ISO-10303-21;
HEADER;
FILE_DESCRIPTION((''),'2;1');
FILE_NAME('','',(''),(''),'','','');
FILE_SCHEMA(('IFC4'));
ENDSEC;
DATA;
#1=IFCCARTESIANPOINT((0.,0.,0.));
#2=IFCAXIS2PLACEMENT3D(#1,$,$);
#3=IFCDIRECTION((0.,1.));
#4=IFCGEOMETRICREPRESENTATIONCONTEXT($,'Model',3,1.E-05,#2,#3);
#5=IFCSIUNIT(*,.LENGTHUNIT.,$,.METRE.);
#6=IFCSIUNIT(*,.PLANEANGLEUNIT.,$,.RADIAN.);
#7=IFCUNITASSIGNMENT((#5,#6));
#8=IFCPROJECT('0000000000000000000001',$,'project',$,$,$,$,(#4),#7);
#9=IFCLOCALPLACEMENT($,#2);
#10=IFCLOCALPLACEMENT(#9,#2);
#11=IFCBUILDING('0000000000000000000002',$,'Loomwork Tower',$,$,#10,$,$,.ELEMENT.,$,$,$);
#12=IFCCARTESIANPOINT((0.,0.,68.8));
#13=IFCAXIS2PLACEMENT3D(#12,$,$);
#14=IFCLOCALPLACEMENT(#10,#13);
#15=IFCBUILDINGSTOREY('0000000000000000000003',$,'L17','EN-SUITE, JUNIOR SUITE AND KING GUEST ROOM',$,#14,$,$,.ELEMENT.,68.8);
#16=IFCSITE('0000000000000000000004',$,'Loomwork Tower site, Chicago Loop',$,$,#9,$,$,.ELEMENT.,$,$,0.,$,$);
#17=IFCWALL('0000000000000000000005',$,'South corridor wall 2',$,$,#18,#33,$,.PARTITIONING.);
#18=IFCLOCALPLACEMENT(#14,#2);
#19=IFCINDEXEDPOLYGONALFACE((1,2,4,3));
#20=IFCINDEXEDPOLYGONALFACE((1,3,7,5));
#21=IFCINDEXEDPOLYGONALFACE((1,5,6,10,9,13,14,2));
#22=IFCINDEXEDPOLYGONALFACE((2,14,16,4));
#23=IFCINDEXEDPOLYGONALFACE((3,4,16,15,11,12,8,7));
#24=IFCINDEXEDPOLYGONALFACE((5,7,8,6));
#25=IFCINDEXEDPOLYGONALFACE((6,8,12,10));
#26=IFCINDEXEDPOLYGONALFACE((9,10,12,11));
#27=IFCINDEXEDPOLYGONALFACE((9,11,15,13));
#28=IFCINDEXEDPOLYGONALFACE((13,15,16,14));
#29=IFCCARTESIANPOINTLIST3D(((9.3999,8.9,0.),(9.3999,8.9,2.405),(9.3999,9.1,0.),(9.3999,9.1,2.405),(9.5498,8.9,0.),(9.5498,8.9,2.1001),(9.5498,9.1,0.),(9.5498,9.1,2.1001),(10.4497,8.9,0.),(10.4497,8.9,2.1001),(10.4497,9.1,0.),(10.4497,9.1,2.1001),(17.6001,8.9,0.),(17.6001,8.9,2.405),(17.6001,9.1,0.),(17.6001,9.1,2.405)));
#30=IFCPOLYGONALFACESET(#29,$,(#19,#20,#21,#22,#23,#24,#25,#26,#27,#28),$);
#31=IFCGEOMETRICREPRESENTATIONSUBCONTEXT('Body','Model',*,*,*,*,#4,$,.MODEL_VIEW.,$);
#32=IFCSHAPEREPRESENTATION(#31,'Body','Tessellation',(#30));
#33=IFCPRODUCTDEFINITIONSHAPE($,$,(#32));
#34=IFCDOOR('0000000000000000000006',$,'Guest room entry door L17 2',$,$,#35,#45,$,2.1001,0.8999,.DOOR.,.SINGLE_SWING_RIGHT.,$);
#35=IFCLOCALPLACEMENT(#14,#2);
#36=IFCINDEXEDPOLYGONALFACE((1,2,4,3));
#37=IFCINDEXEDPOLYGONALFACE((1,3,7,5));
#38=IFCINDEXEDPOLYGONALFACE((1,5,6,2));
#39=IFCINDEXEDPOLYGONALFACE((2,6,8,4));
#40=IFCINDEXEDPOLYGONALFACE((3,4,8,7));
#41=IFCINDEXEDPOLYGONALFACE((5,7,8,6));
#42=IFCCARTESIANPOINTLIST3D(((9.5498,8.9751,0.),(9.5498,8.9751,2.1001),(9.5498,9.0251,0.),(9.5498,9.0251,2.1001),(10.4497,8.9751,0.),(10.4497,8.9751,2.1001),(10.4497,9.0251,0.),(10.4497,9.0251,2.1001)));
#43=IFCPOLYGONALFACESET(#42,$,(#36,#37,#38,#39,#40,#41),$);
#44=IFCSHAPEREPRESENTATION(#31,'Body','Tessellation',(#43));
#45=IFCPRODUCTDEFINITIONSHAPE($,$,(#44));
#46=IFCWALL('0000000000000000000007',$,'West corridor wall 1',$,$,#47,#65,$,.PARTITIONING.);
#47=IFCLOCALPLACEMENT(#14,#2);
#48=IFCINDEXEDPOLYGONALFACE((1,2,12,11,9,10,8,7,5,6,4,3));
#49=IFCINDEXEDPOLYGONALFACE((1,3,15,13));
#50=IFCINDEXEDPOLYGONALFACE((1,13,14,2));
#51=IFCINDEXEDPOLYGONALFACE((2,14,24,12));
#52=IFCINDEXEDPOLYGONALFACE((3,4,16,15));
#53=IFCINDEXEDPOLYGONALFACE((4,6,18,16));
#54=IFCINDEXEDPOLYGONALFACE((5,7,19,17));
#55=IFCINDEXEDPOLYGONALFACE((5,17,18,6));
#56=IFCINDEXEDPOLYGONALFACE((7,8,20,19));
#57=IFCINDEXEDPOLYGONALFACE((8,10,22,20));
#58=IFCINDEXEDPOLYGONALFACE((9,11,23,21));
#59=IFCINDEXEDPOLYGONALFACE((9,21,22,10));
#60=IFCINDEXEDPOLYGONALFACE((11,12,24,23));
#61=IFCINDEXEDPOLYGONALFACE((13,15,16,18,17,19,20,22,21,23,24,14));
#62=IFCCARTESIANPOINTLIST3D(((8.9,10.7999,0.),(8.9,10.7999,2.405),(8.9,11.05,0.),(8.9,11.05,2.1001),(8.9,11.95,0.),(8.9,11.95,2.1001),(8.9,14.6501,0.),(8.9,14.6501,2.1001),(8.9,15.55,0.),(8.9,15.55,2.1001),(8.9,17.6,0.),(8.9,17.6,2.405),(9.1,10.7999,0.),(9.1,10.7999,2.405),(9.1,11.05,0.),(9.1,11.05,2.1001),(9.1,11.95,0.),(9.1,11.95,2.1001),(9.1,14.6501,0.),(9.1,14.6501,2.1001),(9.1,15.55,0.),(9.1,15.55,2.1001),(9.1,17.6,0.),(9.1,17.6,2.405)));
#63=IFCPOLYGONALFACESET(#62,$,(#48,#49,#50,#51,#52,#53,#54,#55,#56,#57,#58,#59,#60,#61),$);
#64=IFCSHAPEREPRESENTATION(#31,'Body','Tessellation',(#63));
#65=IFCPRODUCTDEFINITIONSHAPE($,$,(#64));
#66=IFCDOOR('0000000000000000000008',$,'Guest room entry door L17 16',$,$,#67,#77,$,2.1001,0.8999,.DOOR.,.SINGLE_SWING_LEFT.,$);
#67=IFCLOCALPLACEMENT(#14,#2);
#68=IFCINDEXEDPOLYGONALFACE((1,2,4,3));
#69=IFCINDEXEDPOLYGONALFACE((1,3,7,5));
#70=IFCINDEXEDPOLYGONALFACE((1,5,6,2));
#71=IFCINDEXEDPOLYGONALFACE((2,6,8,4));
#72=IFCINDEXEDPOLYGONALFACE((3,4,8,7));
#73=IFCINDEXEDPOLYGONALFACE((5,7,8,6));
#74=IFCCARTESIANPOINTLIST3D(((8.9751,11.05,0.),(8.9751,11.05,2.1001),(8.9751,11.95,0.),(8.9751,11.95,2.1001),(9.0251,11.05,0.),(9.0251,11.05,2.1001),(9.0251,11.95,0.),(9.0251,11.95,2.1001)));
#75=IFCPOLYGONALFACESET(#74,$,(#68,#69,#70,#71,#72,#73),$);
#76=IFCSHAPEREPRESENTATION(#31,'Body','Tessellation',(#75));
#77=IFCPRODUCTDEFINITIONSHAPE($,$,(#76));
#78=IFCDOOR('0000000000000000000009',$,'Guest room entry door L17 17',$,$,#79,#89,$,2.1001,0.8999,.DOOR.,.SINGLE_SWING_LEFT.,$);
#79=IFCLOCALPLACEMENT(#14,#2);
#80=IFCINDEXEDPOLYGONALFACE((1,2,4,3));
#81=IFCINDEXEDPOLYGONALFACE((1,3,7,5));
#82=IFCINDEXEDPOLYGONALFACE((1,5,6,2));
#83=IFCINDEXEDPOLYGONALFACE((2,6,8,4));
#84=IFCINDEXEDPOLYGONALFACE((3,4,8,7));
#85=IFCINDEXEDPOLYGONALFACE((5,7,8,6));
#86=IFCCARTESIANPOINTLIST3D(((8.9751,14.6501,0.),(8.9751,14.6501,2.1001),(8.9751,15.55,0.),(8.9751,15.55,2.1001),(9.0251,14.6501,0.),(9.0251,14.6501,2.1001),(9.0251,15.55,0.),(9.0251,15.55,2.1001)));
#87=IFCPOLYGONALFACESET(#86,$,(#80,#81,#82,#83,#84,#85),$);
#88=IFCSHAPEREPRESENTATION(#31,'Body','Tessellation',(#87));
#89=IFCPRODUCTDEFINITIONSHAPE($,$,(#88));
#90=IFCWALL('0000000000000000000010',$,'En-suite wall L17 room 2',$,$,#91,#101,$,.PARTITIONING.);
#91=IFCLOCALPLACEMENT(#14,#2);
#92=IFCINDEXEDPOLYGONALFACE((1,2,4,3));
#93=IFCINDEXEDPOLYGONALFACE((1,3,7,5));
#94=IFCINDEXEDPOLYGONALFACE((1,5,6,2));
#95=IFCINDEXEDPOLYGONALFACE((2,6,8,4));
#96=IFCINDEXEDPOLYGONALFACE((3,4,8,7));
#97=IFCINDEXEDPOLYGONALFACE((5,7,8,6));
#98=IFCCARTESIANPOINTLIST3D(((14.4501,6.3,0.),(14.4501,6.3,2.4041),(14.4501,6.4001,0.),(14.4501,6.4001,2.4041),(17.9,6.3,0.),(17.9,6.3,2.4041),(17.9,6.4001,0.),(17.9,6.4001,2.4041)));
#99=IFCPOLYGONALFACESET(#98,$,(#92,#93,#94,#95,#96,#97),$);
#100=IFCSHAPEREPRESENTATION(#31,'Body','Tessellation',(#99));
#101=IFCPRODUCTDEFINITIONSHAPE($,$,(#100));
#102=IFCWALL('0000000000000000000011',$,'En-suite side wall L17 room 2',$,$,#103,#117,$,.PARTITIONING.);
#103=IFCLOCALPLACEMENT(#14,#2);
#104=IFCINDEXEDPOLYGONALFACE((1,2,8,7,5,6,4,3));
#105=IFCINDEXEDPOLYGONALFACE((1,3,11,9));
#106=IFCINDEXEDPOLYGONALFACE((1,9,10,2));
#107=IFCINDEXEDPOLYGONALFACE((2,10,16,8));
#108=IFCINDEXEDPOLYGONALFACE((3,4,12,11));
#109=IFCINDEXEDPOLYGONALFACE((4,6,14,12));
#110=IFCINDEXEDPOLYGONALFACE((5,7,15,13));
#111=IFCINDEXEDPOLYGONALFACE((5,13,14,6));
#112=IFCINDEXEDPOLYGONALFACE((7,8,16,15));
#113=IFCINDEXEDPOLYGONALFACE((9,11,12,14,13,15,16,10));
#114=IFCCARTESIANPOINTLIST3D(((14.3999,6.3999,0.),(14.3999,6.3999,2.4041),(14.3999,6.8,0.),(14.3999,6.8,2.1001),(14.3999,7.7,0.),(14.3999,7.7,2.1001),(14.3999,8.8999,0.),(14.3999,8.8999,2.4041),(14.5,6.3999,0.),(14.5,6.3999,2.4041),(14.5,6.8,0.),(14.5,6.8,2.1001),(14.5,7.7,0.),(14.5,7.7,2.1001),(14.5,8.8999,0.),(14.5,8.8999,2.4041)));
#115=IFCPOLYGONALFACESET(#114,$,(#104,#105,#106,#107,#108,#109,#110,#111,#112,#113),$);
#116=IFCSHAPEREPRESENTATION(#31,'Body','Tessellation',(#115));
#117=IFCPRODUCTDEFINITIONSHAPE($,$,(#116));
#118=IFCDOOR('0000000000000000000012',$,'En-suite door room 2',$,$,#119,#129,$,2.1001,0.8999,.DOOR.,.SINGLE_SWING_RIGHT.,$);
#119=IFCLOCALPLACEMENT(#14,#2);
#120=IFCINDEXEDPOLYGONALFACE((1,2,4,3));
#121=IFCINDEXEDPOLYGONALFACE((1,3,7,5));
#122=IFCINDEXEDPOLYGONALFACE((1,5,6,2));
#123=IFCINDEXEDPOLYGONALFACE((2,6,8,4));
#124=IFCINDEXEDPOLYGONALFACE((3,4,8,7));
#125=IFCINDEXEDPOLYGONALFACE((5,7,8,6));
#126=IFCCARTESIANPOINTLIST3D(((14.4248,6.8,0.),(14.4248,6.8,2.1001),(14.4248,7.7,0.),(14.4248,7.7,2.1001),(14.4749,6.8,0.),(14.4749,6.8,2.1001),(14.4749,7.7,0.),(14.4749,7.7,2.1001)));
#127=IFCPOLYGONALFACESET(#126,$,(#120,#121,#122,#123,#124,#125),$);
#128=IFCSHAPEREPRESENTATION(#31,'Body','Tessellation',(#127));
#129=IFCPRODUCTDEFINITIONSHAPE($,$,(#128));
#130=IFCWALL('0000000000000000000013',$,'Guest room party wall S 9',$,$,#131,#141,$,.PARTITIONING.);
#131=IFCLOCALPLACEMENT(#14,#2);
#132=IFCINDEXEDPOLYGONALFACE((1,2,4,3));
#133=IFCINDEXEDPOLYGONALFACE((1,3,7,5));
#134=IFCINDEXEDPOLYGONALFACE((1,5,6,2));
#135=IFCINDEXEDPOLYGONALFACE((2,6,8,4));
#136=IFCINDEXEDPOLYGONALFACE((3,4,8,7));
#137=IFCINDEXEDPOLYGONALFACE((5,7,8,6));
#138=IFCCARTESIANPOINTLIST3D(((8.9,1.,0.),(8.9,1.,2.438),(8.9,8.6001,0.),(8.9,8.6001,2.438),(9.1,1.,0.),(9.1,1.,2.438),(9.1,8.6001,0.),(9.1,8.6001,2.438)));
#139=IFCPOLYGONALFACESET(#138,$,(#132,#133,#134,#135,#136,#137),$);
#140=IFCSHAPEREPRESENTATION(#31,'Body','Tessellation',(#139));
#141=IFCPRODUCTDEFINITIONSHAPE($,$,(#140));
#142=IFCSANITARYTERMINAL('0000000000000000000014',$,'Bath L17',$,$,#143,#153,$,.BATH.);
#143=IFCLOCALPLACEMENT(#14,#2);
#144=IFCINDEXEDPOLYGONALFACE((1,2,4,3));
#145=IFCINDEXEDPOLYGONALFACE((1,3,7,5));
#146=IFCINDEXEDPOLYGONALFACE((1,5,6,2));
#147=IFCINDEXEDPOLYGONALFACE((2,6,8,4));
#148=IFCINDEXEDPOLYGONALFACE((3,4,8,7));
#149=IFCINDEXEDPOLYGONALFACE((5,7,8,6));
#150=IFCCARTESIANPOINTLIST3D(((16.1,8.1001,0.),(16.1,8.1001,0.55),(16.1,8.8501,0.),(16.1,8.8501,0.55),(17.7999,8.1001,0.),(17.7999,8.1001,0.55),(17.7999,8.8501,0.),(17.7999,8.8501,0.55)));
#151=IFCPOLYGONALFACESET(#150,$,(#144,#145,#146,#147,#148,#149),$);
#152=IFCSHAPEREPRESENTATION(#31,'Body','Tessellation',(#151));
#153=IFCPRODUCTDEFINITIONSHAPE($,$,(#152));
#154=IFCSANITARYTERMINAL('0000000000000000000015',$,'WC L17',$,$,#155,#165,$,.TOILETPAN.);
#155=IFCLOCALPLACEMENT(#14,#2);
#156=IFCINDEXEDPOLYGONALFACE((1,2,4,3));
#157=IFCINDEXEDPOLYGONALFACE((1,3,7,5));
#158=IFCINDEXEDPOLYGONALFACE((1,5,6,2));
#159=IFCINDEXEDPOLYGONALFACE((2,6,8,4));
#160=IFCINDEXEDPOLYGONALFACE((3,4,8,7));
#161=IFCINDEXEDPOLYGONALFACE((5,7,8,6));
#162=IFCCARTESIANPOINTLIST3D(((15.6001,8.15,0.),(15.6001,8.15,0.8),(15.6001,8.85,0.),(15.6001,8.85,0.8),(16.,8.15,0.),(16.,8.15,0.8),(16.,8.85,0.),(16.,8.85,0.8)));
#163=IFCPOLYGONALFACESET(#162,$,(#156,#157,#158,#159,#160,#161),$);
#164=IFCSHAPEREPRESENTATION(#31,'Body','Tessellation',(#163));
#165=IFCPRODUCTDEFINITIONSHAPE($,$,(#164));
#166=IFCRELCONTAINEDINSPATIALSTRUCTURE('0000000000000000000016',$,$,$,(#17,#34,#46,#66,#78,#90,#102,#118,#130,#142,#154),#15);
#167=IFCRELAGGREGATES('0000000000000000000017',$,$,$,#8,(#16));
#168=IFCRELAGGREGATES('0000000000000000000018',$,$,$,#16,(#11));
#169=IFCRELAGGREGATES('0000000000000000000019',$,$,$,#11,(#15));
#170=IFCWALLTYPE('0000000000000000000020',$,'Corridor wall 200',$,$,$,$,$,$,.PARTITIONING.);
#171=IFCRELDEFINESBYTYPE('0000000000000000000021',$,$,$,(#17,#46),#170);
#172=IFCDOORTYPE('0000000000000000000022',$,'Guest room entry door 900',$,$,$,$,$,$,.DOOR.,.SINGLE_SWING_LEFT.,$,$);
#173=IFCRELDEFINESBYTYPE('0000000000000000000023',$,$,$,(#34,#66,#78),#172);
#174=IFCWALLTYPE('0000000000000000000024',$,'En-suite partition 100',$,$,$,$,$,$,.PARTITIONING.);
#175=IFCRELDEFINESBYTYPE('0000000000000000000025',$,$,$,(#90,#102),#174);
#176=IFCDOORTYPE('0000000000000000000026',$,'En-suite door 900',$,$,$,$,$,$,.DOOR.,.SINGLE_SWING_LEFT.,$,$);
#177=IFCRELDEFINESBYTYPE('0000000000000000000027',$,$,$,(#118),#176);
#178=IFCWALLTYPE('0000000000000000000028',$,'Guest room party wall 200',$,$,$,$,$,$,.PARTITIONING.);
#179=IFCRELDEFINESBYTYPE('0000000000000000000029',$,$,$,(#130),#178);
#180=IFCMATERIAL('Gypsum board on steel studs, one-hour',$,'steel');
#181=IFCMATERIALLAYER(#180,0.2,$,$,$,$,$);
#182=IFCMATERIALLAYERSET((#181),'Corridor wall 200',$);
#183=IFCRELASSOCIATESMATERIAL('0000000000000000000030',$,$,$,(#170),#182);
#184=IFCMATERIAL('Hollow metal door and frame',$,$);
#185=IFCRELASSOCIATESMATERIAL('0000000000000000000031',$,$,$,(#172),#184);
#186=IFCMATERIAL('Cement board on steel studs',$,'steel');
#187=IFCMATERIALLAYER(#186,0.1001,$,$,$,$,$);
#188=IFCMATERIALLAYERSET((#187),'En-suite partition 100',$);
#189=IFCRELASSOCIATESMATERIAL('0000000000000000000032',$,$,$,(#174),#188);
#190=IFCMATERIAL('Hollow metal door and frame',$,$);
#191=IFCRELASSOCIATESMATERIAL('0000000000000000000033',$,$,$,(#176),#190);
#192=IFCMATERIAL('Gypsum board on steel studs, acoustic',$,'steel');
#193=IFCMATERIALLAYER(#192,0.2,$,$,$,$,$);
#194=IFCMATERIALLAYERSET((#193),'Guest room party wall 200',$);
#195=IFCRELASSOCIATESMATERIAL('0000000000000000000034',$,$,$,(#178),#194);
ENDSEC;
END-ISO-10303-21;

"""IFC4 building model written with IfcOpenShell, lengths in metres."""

from ifc_helpers import new_model, si_unit, direction, frame, frame_2d, origin, origin_2d, place, context, subcontext, project, spatial, rectangle, extrude, material, layer, layer_set, type_object, element, fill, save


model = new_model("IFC4")

# Units and contexts
model_context = context("Model", 3, precision=1e-05, world=origin(), true_north=direction((0.0, 1.0)))
body_context = subcontext(model_context, "Body", "Model", "MODEL_VIEW")
ifc_project = project(units=[si_unit("LENGTHUNIT", "METRE"), si_unit("PLANEANGLEUNIT", "RADIAN")], contexts=[model_context])

# Site, building, storey
site_placement = place(None, origin())
site = spatial("IfcSite", under=ifc_project, at=site_placement, Name="Loomwork Tower site, Chicago Loop", CompositionType="ELEMENT", RefElevation=0.0)
building_placement = place(site_placement, origin())
building = spatial("IfcBuilding", under=site, at=building_placement, Name="Loomwork Tower", CompositionType="ELEMENT")
storey_placement = place(building_placement, frame((0.0, 0.0, 68.8)))
storey = spatial("IfcBuildingStorey", under=building, at=storey_placement, Name="L17", Description="EN-SUITE, JUNIOR SUITE AND KING GUEST ROOM", CompositionType="ELEMENT", Elevation=68.8)

# Wall, opening, door
ifc_material_1 = material(Name="Gypsum board on steel studs, one-hour", Category="steel")
ifc_layer_1 = layer(ifc_material_1, 0.2)
ifc_layer_set_1 = layer_set([ifc_layer_1], Name="Corridor wall 200")
wall_type_1 = type_object("IfcWallType", Name="Corridor wall 200", PredefinedType="PARTITIONING", material=ifc_layer_set_1)
wall_1_placement = place(storey_placement, frame((9.3999, 9.0, 0.0), z_axis=(0.0, 0.0, 1.0), x_axis=(1.0, 0.0, 0.0)))
wall_1 = element("IfcWall", 1, at=wall_1_placement, inside=storey, type_object=wall_type_1, Name="South corridor wall 2", PredefinedType="PARTITIONING", context=body_context, shape_type="SweptSolid", body=[
    extrude(rectangle(XDim=8.2002, YDim=0.2, at=frame_2d((4.1001, 0.0))), origin(), (0.0, 0.0, 1.0), 2.405),
])
opening_1_placement = place(wall_1_placement, frame((0.1499, 0.0, 0.0)))
opening_1 = element("IfcOpeningElement", 2, at=opening_1_placement, cuts=wall_1, PredefinedType="OPENING", context=body_context, shape_type="SweptSolid", body=[
    extrude(rectangle(XDim=0.8999, YDim=2.1001, at=frame_2d((0.45, 1.05))), frame((0.0, 0.1099, 0.0), z_axis=(0.0, -1.0, 0.0), x_axis=(1.0, 0.0, 0.0)), (0.0, 0.0, 1.0), 0.22),
])
ifc_material_2 = material(Name="Hollow metal door and frame")
door_type_1 = type_object("IfcDoorType", Name="Guest room entry door 900", OperationType="SINGLE_SWING_LEFT", PredefinedType="DOOR", material=ifc_material_2)
door_1_placement = place(opening_1_placement, frame((0.8999, 0.0, 0.0), z_axis=(0.0, 0.0, 1.0), x_axis=(-1.0, 0.0, 0.0)))
door_1 = element("IfcDoor", 3, at=door_1_placement, inside=storey, type_object=door_type_1, Name="Guest room entry door L17 2", OperationType="SINGLE_SWING_RIGHT", OverallHeight=2.1001, OverallWidth=0.8999, PredefinedType="DOOR", context=body_context, shape_type="SweptSolid", body=[
    extrude(rectangle(XDim=0.8999, YDim=2.1001, at=frame_2d((0.45, 1.05))), frame((0.0, 0.0249, 0.0), z_axis=(0.0, -1.0, 0.0), x_axis=(1.0, 0.0, 0.0)), (0.0, 0.0, 1.0), 0.05),
])
fill(opening_1, door_1)

# Wall, openings, doors
wall_2_placement = place(storey_placement, frame((9.0, 10.8, 0.0), z_axis=(0.0, 0.0, 1.0), x_axis=(0.0, 1.0, 0.0)))
wall_2 = element("IfcWall", 4, at=wall_2_placement, inside=storey, type_object=wall_type_1, Name="West corridor wall 1", PredefinedType="PARTITIONING", context=body_context, shape_type="SweptSolid", body=[
    extrude(rectangle(XDim=6.8, YDim=0.2, at=frame_2d((3.3999, 0.0))), origin(), (0.0, 0.0, 1.0), 2.405),
])
opening_2_placement = place(wall_2_placement, frame((0.25, 0.0, 0.0)))
opening_2 = element("IfcOpeningElement", 5, at=opening_2_placement, cuts=wall_2, PredefinedType="OPENING", context=body_context, shape_type="SweptSolid", body=[
    extrude(rectangle(XDim=0.8999, YDim=2.1001, at=frame_2d((0.45, 1.05))), frame((0.0, 0.1099, 0.0), z_axis=(0.0, -1.0, 0.0), x_axis=(1.0, 0.0, 0.0)), (0.0, 0.0, 1.0), 0.22),
])
opening_3_placement = place(wall_2_placement, frame((3.8501, 0.0, 0.0)))
opening_3 = element("IfcOpeningElement", 6, at=opening_3_placement, cuts=wall_2, PredefinedType="OPENING", context=body_context, shape_type="SweptSolid", body=[
    extrude(rectangle(XDim=0.8999, YDim=2.1001, at=frame_2d((0.45, 1.05))), frame((0.0, 0.1099, 0.0), z_axis=(0.0, -1.0, 0.0), x_axis=(1.0, 0.0, 0.0)), (0.0, 0.0, 1.0), 0.22),
])
door_2_placement = place(opening_2_placement, origin())
door_2 = element("IfcDoor", 7, at=door_2_placement, inside=storey, type_object=door_type_1, Name="Guest room entry door L17 16", OperationType="SINGLE_SWING_LEFT", OverallHeight=2.1001, OverallWidth=0.8999, PredefinedType="DOOR", context=body_context, shape_type="SweptSolid", body=[
    extrude(rectangle(XDim=0.8999, YDim=2.1001, at=frame_2d((0.45, 1.05))), frame((0.0, 0.0249, 0.0), z_axis=(0.0, -1.0, 0.0), x_axis=(1.0, 0.0, 0.0)), (0.0, 0.0, 1.0), 0.05),
])
fill(opening_2, door_2)
door_3_placement = place(opening_3_placement, origin())
door_3 = element("IfcDoor", 8, at=door_3_placement, inside=storey, type_object=door_type_1, Name="Guest room entry door L17 17", OperationType="SINGLE_SWING_LEFT", OverallHeight=2.1001, OverallWidth=0.8999, PredefinedType="DOOR", context=body_context, shape_type="SweptSolid", body=[
    extrude(rectangle(XDim=0.8999, YDim=2.1001, at=frame_2d((0.45, 1.05))), frame((0.0, 0.0249, 0.0), z_axis=(0.0, -1.0, 0.0), x_axis=(1.0, 0.0, 0.0)), (0.0, 0.0, 1.0), 0.05),
])
fill(opening_3, door_3)

# Wall
ifc_material_3 = material(Name="Cement board on steel studs", Category="steel")
ifc_layer_2 = layer(ifc_material_3, 0.1001)
ifc_layer_set_2 = layer_set([ifc_layer_2], Name="En-suite partition 100")
wall_type_2 = type_object("IfcWallType", Name="En-suite partition 100", PredefinedType="PARTITIONING", material=ifc_layer_set_2)
wall_3_placement = place(storey_placement, frame((14.45, 6.3501, 0.0), z_axis=(0.0, 0.0, 1.0), x_axis=(1.0, 0.0, 0.0)))
element("IfcWall", 9, at=wall_3_placement, inside=storey, type_object=wall_type_2, Name="En-suite wall L17 room 2", PredefinedType="PARTITIONING", context=body_context, shape_type="SweptSolid", body=[
    extrude(rectangle(XDim=3.45, YDim=0.1001, at=frame_2d((1.7251, 0.0))), origin(), (0.0, 0.0, 1.0), 2.4041),
])

# Wall, opening, door
wall_4_placement = place(storey_placement, frame((14.45, 8.8999, 0.0), z_axis=(0.0, 0.0, 1.0), x_axis=(0.0, -1.0, 0.0)))
wall_4 = element("IfcWall", 10, at=wall_4_placement, inside=storey, type_object=wall_type_2, Name="En-suite side wall L17 room 2", PredefinedType="PARTITIONING", context=body_context, shape_type="SweptSolid", body=[
    extrude(rectangle(XDim=2.5, YDim=0.1001, at=frame_2d((1.25, 0.0))), origin(), (0.0, 0.0, 1.0), 2.4041),
])
opening_4_placement = place(wall_4_placement, frame((1.2, 0.0, 0.0)))
opening_4 = element("IfcOpeningElement", 11, at=opening_4_placement, cuts=wall_4, PredefinedType="OPENING", context=body_context, shape_type="SweptSolid", body=[
    extrude(rectangle(XDim=0.8999, YDim=2.1001, at=frame_2d((0.45, 1.05))), frame((0.0, 0.0601, 0.0), z_axis=(0.0, -1.0, 0.0), x_axis=(1.0, 0.0, 0.0)), (0.0, 0.0, 1.0), 0.1201),
])
ifc_material_4 = material(Name="Hollow metal door and frame")
door_type_2 = type_object("IfcDoorType", Name="En-suite door 900", OperationType="SINGLE_SWING_LEFT", PredefinedType="DOOR", material=ifc_material_4)
door_4_placement = place(opening_4_placement, origin())
door_4 = element("IfcDoor", 12, at=door_4_placement, inside=storey, type_object=door_type_2, Name="En-suite door room 2", OperationType="SINGLE_SWING_RIGHT", OverallHeight=2.1001, OverallWidth=0.8999, PredefinedType="DOOR", context=body_context, shape_type="SweptSolid", body=[
    extrude(rectangle(XDim=0.8999, YDim=2.1001, at=frame_2d((0.45, 1.05))), frame((0.0, 0.0249, 0.0), z_axis=(0.0, -1.0, 0.0), x_axis=(1.0, 0.0, 0.0)), (0.0, 0.0, 1.0), 0.05),
])
fill(opening_4, door_4)

# Wall
ifc_material_5 = material(Name="Gypsum board on steel studs, acoustic", Category="steel")
ifc_layer_3 = layer(ifc_material_5, 0.2)
ifc_layer_set_3 = layer_set([ifc_layer_3], Name="Guest room party wall 200")
wall_type_3 = type_object("IfcWallType", Name="Guest room party wall 200", PredefinedType="PARTITIONING", material=ifc_layer_set_3)
wall_5_placement = place(storey_placement, frame((9.0, 8.6001, 0.0), z_axis=(0.0, 0.0, 1.0), x_axis=(0.0, -1.0, 0.0)))
element("IfcWall", 13, at=wall_5_placement, inside=storey, type_object=wall_type_3, Name="Guest room party wall S 9", PredefinedType="PARTITIONING", context=body_context, shape_type="SweptSolid", body=[
    extrude(rectangle(XDim=7.6001, YDim=0.2, at=frame_2d((3.8, 0.0))), origin(), (0.0, 0.0, 1.0), 2.438),
])

# Sanitary terminals
sanitary_terminal_1_placement = place(storey_placement, frame((16.95, 8.4751, 0.0), z_axis=(0.0, 0.0, 1.0), x_axis=(1.0, 0.0, 0.0)))
element("IfcSanitaryTerminal", 14, at=sanitary_terminal_1_placement, inside=storey, Name="Bath L17", PredefinedType="BATH", context=body_context, shape_type="SweptSolid", body=[
    extrude(rectangle(XDim=1.7, YDim=0.75, at=origin_2d()), origin(), (0.0, 0.0, 1.0), 0.55),
])
sanitary_terminal_2_placement = place(storey_placement, frame((15.8, 8.5, 0.0), z_axis=(0.0, 0.0, 1.0), x_axis=(1.0, 0.0, 0.0)))
element("IfcSanitaryTerminal", 15, at=sanitary_terminal_2_placement, inside=storey, Name="WC L17", PredefinedType="TOILETPAN", context=body_context, shape_type="SweptSolid", body=[
    extrude(rectangle(XDim=0.3999, YDim=0.7, at=origin_2d()), origin(), (0.0, 0.0, 1.0), 0.8),
])

save(model, "model.ifc")
